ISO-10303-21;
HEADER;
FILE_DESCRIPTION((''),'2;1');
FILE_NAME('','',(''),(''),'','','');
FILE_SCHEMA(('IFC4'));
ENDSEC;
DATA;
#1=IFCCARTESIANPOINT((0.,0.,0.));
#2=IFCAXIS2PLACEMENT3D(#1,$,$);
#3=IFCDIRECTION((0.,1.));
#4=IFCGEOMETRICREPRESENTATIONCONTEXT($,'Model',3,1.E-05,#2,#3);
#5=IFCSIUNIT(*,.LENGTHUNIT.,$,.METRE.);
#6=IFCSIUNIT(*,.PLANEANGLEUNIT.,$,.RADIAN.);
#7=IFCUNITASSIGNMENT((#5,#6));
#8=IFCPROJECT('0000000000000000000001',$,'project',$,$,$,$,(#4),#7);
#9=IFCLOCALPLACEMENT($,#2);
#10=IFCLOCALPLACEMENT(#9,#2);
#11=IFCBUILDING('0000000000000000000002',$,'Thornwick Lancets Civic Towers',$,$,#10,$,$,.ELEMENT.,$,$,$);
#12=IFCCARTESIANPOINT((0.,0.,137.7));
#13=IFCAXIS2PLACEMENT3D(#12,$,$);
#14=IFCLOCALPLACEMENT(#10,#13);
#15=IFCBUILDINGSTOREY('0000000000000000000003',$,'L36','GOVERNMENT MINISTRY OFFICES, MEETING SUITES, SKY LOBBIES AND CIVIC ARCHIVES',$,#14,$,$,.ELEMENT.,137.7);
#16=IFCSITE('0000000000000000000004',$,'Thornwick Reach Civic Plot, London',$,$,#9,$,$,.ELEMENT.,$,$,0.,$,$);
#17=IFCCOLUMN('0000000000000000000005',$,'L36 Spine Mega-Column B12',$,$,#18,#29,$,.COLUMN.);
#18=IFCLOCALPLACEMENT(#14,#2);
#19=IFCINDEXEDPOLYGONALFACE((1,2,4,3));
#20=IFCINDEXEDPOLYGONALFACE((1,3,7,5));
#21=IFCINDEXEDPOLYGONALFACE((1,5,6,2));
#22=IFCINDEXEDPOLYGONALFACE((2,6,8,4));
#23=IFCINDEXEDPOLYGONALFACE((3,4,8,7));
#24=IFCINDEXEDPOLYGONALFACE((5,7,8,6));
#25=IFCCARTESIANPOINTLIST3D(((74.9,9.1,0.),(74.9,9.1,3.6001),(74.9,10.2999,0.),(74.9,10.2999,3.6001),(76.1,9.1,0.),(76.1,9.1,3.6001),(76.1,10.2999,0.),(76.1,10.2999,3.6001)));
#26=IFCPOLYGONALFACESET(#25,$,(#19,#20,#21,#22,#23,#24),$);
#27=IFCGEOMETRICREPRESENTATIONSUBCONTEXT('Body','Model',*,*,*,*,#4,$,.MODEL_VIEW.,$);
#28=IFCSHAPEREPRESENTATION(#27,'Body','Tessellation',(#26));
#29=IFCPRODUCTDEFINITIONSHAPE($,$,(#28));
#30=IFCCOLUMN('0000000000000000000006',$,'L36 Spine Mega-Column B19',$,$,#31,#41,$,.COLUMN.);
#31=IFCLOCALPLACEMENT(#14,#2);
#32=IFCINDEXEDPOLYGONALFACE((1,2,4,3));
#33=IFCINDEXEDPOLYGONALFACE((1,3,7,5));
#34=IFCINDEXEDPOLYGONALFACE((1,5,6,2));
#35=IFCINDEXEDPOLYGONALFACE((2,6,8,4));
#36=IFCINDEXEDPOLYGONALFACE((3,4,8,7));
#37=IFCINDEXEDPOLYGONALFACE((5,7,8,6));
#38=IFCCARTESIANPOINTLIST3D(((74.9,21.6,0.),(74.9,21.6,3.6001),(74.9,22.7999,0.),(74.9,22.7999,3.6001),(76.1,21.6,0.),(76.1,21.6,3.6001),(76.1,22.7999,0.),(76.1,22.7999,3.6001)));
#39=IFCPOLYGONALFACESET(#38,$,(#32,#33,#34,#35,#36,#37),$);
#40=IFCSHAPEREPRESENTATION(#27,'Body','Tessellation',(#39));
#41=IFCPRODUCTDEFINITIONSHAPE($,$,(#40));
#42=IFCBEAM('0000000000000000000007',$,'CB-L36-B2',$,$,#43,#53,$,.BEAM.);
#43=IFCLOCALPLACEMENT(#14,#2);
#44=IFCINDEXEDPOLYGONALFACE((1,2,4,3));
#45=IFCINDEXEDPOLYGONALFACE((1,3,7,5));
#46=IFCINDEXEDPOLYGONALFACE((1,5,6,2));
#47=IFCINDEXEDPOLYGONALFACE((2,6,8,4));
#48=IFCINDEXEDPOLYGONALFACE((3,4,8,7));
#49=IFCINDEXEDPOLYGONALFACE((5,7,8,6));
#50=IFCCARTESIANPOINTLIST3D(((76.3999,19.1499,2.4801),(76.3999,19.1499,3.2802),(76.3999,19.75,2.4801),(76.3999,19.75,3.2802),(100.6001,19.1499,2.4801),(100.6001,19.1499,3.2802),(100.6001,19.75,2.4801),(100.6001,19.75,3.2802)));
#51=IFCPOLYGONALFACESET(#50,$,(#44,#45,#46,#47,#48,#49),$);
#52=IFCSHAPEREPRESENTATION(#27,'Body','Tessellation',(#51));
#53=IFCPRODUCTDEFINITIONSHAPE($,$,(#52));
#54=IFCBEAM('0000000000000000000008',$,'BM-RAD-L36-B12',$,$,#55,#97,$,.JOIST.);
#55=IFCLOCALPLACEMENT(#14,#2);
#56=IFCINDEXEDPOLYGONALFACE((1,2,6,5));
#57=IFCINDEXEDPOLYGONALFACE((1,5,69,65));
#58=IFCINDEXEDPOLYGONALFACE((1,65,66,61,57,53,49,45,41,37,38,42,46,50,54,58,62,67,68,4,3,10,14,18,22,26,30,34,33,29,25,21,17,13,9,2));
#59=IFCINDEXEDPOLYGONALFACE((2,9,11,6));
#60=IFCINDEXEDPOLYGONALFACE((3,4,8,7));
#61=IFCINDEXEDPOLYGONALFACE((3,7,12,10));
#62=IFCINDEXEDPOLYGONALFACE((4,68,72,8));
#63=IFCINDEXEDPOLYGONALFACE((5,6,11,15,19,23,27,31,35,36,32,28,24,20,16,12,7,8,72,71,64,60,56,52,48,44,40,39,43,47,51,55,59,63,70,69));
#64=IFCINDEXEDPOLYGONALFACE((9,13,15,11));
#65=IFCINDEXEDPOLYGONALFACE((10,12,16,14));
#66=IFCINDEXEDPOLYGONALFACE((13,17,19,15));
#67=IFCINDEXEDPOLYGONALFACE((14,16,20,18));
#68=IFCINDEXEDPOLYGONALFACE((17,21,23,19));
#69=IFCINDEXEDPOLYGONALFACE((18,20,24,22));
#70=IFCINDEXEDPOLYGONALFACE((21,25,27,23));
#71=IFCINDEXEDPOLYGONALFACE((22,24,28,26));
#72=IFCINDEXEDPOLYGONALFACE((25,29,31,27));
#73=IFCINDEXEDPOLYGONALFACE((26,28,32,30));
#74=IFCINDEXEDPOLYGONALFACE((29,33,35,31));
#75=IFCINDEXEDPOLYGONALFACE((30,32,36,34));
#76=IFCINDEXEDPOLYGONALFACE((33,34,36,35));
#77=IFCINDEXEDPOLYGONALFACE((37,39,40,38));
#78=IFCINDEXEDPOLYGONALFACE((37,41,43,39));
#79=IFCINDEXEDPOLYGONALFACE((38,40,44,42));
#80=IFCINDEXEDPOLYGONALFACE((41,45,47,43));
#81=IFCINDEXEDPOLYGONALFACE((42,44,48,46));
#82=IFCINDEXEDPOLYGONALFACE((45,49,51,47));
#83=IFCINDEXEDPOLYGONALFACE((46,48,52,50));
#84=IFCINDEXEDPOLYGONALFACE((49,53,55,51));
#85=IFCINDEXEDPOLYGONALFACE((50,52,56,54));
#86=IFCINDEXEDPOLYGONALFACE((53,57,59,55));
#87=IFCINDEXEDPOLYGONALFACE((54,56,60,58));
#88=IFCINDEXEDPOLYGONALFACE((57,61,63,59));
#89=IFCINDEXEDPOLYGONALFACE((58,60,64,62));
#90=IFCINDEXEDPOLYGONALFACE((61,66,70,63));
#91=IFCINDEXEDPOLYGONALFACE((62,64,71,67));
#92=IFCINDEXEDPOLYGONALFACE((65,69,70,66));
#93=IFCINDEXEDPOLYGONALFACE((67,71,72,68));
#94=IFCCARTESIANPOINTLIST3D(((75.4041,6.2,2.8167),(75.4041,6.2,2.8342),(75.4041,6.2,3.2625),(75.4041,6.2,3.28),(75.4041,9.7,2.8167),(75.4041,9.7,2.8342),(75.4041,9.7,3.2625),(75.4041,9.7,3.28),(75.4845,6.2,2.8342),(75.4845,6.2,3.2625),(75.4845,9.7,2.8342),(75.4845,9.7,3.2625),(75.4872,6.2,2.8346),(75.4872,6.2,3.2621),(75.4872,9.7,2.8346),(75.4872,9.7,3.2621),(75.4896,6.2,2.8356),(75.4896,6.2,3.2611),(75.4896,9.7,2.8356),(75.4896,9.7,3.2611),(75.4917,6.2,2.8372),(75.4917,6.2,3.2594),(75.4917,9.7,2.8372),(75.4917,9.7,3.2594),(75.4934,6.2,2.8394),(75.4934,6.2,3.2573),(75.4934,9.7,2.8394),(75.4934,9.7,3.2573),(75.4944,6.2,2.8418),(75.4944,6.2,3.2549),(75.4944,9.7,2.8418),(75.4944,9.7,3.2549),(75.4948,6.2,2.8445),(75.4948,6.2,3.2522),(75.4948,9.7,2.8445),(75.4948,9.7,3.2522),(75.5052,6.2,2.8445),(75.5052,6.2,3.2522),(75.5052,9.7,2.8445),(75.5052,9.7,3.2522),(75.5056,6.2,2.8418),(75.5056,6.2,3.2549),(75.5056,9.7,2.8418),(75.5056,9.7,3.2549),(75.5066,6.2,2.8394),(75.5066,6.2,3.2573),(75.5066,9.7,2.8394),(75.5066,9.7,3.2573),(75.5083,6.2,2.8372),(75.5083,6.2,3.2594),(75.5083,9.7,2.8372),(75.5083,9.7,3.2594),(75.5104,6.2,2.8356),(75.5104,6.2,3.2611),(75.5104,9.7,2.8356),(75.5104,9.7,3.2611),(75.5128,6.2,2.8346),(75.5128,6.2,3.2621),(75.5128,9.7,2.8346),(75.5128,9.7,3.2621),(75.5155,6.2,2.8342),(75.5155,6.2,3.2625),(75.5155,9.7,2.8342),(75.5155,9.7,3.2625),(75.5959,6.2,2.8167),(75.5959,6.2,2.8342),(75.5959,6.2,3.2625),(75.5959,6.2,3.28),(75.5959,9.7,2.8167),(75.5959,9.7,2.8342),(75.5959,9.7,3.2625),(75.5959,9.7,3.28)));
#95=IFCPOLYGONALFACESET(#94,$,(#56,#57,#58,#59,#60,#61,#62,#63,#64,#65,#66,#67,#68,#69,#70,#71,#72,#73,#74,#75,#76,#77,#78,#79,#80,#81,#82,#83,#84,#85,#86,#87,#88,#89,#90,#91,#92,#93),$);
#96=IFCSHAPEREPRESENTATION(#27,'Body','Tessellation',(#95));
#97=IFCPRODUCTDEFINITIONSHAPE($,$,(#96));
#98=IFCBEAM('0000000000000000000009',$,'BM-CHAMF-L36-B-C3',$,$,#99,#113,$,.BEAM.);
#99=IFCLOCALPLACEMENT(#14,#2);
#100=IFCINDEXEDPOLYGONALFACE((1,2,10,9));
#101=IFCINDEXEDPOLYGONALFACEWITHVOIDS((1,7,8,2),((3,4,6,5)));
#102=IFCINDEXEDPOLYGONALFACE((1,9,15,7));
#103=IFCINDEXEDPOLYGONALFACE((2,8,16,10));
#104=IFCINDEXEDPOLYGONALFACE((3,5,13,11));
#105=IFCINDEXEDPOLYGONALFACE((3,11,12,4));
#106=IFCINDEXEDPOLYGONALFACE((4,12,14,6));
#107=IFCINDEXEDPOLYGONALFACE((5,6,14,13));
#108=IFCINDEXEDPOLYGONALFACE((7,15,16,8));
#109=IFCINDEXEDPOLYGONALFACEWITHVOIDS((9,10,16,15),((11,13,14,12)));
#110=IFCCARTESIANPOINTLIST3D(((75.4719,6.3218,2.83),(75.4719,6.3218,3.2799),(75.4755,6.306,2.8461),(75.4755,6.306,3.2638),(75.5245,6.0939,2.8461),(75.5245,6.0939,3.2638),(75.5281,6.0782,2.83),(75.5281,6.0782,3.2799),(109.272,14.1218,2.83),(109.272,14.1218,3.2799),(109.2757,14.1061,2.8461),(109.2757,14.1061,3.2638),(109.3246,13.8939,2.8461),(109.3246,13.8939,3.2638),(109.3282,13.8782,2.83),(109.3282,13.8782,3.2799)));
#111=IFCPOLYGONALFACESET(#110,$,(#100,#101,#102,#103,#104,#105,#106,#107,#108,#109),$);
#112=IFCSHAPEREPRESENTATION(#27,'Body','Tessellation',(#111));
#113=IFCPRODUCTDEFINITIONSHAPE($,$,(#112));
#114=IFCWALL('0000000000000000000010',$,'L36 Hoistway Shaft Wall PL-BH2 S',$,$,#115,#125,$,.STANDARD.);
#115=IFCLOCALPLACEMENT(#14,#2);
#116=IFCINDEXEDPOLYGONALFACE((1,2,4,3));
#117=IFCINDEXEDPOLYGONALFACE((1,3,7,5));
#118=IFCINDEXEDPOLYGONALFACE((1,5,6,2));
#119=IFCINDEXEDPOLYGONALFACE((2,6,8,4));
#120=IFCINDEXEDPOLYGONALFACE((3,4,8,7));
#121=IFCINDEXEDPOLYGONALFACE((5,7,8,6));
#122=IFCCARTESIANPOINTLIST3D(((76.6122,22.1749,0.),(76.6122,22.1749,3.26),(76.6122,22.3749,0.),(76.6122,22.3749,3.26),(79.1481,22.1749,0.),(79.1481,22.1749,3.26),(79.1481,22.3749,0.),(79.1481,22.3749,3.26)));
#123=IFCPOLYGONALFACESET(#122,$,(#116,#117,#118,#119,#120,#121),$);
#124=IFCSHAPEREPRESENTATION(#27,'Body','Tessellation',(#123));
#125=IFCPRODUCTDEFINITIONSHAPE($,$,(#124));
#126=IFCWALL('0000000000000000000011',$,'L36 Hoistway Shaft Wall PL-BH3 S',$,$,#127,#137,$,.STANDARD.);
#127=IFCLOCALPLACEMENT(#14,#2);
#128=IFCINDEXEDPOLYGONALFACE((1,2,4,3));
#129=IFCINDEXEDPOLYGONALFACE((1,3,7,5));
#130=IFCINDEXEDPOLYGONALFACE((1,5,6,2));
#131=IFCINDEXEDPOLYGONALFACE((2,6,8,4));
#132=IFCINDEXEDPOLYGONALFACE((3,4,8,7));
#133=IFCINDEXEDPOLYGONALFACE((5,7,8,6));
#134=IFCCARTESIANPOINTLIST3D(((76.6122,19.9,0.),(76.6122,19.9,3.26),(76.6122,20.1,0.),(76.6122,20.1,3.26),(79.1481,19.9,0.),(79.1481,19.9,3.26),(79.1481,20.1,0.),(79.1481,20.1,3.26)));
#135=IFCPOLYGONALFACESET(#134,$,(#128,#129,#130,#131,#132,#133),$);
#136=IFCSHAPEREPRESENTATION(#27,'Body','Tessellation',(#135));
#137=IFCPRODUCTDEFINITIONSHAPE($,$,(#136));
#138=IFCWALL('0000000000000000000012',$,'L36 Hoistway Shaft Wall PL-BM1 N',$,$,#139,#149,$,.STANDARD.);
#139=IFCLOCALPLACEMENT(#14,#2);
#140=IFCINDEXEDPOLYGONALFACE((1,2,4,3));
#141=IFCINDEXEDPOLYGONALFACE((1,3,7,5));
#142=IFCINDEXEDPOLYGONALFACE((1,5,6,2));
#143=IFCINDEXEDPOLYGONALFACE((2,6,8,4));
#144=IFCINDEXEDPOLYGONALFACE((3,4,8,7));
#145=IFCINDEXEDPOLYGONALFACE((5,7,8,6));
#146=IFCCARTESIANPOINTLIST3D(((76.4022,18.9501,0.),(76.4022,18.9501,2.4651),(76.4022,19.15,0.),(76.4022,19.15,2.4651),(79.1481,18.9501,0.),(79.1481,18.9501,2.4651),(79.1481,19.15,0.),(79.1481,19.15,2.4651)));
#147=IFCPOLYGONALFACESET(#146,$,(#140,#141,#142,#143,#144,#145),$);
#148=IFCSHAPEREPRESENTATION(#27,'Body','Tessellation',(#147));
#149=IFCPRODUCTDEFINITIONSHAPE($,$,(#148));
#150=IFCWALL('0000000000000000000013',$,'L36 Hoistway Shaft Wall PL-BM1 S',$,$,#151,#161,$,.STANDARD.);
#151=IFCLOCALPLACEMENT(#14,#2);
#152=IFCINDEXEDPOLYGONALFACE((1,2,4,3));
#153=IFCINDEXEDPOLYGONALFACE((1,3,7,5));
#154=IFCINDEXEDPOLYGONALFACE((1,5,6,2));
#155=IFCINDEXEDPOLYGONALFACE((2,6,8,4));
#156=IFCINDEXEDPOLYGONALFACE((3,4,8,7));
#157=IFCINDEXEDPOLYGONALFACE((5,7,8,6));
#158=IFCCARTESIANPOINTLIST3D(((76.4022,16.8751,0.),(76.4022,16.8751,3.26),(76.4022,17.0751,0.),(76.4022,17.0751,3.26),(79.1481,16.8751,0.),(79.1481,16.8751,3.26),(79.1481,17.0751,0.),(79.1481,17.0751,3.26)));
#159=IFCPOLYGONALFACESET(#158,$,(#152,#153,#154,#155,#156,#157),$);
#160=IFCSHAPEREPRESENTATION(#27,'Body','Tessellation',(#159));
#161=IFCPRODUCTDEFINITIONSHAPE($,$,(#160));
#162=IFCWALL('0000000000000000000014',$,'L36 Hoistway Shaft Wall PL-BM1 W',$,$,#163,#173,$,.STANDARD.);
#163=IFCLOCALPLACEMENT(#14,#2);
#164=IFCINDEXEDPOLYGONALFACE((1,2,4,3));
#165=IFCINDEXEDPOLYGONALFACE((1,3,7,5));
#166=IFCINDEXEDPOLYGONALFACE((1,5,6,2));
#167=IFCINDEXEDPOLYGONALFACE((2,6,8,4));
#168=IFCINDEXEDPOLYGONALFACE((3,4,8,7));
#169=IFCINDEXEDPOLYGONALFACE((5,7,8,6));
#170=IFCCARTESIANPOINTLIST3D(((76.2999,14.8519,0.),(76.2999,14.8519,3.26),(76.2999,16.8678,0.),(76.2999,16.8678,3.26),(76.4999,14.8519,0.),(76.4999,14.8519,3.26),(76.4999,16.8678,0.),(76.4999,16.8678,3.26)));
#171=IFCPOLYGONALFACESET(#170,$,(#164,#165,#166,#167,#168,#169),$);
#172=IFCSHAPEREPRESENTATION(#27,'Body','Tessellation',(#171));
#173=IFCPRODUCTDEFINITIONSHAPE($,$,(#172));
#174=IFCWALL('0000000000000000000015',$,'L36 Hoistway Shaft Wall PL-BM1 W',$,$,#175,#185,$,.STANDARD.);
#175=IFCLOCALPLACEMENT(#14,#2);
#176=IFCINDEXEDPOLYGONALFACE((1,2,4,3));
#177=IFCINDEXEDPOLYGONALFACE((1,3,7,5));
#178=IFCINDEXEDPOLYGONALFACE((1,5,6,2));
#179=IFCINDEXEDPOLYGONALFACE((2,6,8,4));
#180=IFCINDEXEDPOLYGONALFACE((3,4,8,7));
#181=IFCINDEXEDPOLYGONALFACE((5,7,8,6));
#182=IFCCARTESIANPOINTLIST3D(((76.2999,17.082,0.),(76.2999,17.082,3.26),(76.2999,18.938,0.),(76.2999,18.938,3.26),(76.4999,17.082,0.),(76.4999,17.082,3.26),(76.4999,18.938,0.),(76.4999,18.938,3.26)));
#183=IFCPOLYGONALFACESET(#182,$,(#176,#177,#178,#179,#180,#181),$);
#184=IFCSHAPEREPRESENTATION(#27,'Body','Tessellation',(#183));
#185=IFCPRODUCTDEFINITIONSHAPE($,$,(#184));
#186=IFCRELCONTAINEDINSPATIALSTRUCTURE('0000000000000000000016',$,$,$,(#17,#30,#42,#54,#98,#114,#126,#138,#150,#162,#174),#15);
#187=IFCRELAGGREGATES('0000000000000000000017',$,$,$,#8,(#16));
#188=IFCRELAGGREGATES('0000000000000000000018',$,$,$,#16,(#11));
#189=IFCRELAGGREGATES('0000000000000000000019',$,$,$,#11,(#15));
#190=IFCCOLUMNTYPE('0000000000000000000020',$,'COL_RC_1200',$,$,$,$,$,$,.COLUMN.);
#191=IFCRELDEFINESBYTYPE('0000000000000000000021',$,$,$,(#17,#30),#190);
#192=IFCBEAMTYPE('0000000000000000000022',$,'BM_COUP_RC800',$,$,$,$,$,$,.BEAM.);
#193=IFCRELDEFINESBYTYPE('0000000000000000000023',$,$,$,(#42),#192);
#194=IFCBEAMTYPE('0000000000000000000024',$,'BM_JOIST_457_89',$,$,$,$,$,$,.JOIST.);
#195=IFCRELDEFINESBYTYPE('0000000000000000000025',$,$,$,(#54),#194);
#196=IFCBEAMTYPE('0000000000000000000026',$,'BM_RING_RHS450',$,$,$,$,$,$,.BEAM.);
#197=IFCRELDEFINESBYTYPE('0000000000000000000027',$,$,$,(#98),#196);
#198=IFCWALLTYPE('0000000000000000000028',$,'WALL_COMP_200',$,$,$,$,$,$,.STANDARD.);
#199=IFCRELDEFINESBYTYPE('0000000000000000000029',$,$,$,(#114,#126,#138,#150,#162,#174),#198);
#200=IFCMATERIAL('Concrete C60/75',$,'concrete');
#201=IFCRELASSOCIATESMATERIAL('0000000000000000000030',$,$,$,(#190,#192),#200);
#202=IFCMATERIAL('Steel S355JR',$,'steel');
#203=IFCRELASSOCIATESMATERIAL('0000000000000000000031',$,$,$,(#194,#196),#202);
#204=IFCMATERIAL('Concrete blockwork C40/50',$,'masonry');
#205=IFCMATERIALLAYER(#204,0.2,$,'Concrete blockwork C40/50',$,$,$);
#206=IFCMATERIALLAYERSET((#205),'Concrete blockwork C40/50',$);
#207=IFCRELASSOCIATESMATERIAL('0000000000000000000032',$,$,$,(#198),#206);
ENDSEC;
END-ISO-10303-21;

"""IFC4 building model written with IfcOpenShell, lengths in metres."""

from ifc_helpers import new_model, si_unit, direction, frame, frame_2d, origin, origin_2d, place, context, subcontext, project, spatial, rectangle, hollow_rectangle, i_section, extrude, material, layer, layer_set, material_profile, profile_set, type_object, element, save


model = new_model("IFC4")

# Units and contexts
model_context = context("Model", 3, precision=1e-05, world=origin(), true_north=direction((0.0, 1.0)))
body_context = subcontext(model_context, "Body", "Model", "MODEL_VIEW")
ifc_project = project(units=[si_unit("LENGTHUNIT", "METRE"), si_unit("PLANEANGLEUNIT", "RADIAN")], contexts=[model_context])

# Site, building, storey
site_placement = place(None, origin())
site = spatial("IfcSite", under=ifc_project, at=site_placement, Name="Thornwick Reach Civic Plot, London", CompositionType="ELEMENT", RefElevation=0.0)
building_placement = place(site_placement, origin())
building = spatial("IfcBuilding", under=site, at=building_placement, Name="Thornwick Lancets Civic Towers", CompositionType="ELEMENT")
storey_placement = place(building_placement, frame((0.0, 0.0, 137.7)))
storey = spatial("IfcBuildingStorey", under=building, at=storey_placement, Name="L36", Description="GOVERNMENT MINISTRY OFFICES, MEETING SUITES, SKY LOBBIES AND CIVIC ARCHIVES", CompositionType="ELEMENT", Elevation=137.7)

# Columns
ifc_material_1 = material(Name="Concrete C60/75", Category="concrete")
ifc_material_profile_1 = material_profile(ifc_material_1, rectangle(XDim=1.2, YDim=1.2, at=origin_2d()), Name="RC 1200x1200")
ifc_profile_set_1 = profile_set([ifc_material_profile_1], Name="Concrete C60/75")
column_type = type_object("IfcColumnType", Name="COL_RC_1200", PredefinedType="COLUMN", material=ifc_profile_set_1)
for number, where, z_axis, x_axis, name in (
    (1, (75.5, 9.7, 0.0), (0.0, 0.0, 1.0), (1.0, 0.0, 0.0), "L36 Spine Mega-Column B12"),
    (2, (75.5, 22.2, 0.0), (0.0, 0.0, 1.0), (1.0, 0.0, 0.0), "L36 Spine Mega-Column B19"),
):
    element("IfcColumn", number, at=place(storey_placement, frame(where, z_axis=z_axis, x_axis=x_axis)), inside=storey, type_object=column_type, Name=name, PredefinedType="COLUMN", context=body_context, shape_type="SweptSolid", body=[
        extrude(rectangle(XDim=1.2, YDim=1.2, at=origin_2d()), origin(), (0.0, 0.0, 1.0), 3.6001),
    ])

# Beams
ifc_material_profile_2 = material_profile(ifc_material_1, rectangle(XDim=0.6001, YDim=0.8, at=origin_2d()), Name="RC 600x800")
ifc_profile_set_2 = profile_set([ifc_material_profile_2], Name="Concrete C60/75")
beam_type_1 = type_object("IfcBeamType", Name="BM_COUP_RC800", PredefinedType="BEAM", material=ifc_profile_set_2)
beam_1_placement = place(storey_placement, frame((76.3999, 19.45, 2.8801), z_axis=(1.0, 0.0, 0.0), x_axis=(0.0, 1.0, 0.0)))
element("IfcBeam", 3, at=beam_1_placement, inside=storey, type_object=beam_type_1, Name="CB-L36-B2", PredefinedType="BEAM", context=body_context, shape_type="SweptSolid", body=[
    extrude(rectangle(XDim=0.6001, YDim=0.8, at=origin_2d()), origin(), (0.0, 0.0, 1.0), 24.2002),
])
ifc_material_2 = material(Name="Steel S355JR", Category="steel")
ifc_material_profile_3 = material_profile(ifc_material_2, i_section(OverallWidth=0.1919, OverallDepth=0.4634, WebThickness=0.0105, FlangeThickness=0.0176, FilletRadius=0.0103, at=origin_2d()), Name="UKB 457x191x89")
ifc_profile_set_3 = profile_set([ifc_material_profile_3], Name="Steel S355JR")
beam_type_2 = type_object("IfcBeamType", Name="BM_JOIST_457_89", PredefinedType="JOIST", material=ifc_profile_set_3)
beam_2_placement = place(storey_placement, frame((75.5, 9.7, 3.0483), z_axis=(0.0, -1.0, 0.0), x_axis=(1.0, 0.0, 0.0)))
element("IfcBeam", 4, at=beam_2_placement, inside=storey, type_object=beam_type_2, Name="BM-RAD-L36-B12", PredefinedType="JOIST", context=body_context, shape_type="SweptSolid", body=[
    extrude(i_section(OverallWidth=0.1919, OverallDepth=0.4634, WebThickness=0.0105, FlangeThickness=0.0176, FilletRadius=0.0103, at=origin_2d()), origin(), (0.0, 0.0, 1.0), 3.5),
])
ifc_material_profile_4 = material_profile(ifc_material_2, hollow_rectangle(XDim=0.25, YDim=0.45, WallThickness=0.0161, at=origin_2d()), Name="RHS 450x250x16")
ifc_profile_set_4 = profile_set([ifc_material_profile_4], Name="Steel S355JR")
beam_type_3 = type_object("IfcBeamType", Name="BM_RING_RHS450", PredefinedType="BEAM", material=ifc_profile_set_4)
beam_3_placement = place(storey_placement, frame((75.5, 6.2, 3.0549), z_axis=(0.974391, 0.224861, 0.0), x_axis=(-0.224861, 0.974391, 0.0)))
element("IfcBeam", 5, at=beam_3_placement, inside=storey, type_object=beam_type_3, Name="BM-CHAMF-L36-B-C3", PredefinedType="BEAM", context=body_context, shape_type="SweptSolid", body=[
    extrude(hollow_rectangle(XDim=0.25, YDim=0.45, WallThickness=0.0161, at=origin_2d()), origin(), (0.0, 0.0, 1.0), 34.6885),
])

# Walls
ifc_material_3 = material(Name="Concrete blockwork C40/50", Category="masonry")
ifc_layer_1 = layer(ifc_material_3, 0.2, Name="Concrete blockwork C40/50")
ifc_layer_set_1 = layer_set([ifc_layer_1], Name="Concrete blockwork C40/50")
wall_type_1 = type_object("IfcWallType", Name="WALL_COMP_200", PredefinedType="STANDARD", material=ifc_layer_set_1)
for number, where, z_axis, x_axis, name in (
    (6, (76.6121, 22.2749, 0.0), (0.0, 0.0, 1.0), (1.0, 0.0, 0.0), "L36 Hoistway Shaft Wall PL-BH2 S"),
    (7, (76.6121, 20.0, 0.0), (0.0, 0.0, 1.0), (1.0, 0.0, 0.0), "L36 Hoistway Shaft Wall PL-BH3 S"),
):
    element("IfcWall", number, at=place(storey_placement, frame(where, z_axis=z_axis, x_axis=x_axis)), inside=storey, type_object=wall_type_1, Name=name, PredefinedType="STANDARD", context=body_context, shape_type="SweptSolid", body=[
        extrude(rectangle(XDim=2.5359, YDim=0.2, at=frame_2d((1.2681, 0.0))), origin(), (0.0, 0.0, 1.0), 3.26),
    ])
wall_1_placement = place(storey_placement, frame((76.4021, 19.05, 0.0), z_axis=(0.0, 0.0, 1.0), x_axis=(1.0, 0.0, 0.0)))
element("IfcWall", 8, at=wall_1_placement, inside=storey, type_object=wall_type_1, Name="L36 Hoistway Shaft Wall PL-BM1 N", PredefinedType="STANDARD", context=body_context, shape_type="SweptSolid", body=[
    extrude(rectangle(XDim=2.7458, YDim=0.2, at=frame_2d((1.373, 0.0))), origin(), (0.0, 0.0, 1.0), 2.4651),
])
wall_2_placement = place(storey_placement, frame((76.4021, 16.9751, 0.0), z_axis=(0.0, 0.0, 1.0), x_axis=(1.0, 0.0, 0.0)))
element("IfcWall", 9, at=wall_2_placement, inside=storey, type_object=wall_type_1, Name="L36 Hoistway Shaft Wall PL-BM1 S", PredefinedType="STANDARD", context=body_context, shape_type="SweptSolid", body=[
    extrude(rectangle(XDim=2.7458, YDim=0.2, at=frame_2d((1.373, 0.0))), origin(), (0.0, 0.0, 1.0), 3.26),
])
wall_3_placement = place(storey_placement, frame((76.3999, 14.8521, 0.0), z_axis=(0.0, 0.0, 1.0), x_axis=(0.0, 1.0, 0.0)))
element("IfcWall", 10, at=wall_3_placement, inside=storey, type_object=wall_type_1, Name="L36 Hoistway Shaft Wall PL-BM1 W", PredefinedType="STANDARD", context=body_context, shape_type="SweptSolid", body=[
    extrude(rectangle(XDim=2.0159, YDim=0.2, at=frame_2d((1.0078, 0.0))), origin(), (0.0, 0.0, 1.0), 3.26),
])
wall_4_placement = place(storey_placement, frame((76.3999, 17.082, 0.0), z_axis=(0.0, 0.0, 1.0), x_axis=(0.0, 1.0, 0.0)))
element("IfcWall", 11, at=wall_4_placement, inside=storey, type_object=wall_type_1, Name="L36 Hoistway Shaft Wall PL-BM1 W", PredefinedType="STANDARD", context=body_context, shape_type="SweptSolid", body=[
    extrude(rectangle(XDim=1.856, YDim=0.2, at=frame_2d((0.928, 0.0))), origin(), (0.0, 0.0, 1.0), 3.26),
])

save(model, "model.ifc")
